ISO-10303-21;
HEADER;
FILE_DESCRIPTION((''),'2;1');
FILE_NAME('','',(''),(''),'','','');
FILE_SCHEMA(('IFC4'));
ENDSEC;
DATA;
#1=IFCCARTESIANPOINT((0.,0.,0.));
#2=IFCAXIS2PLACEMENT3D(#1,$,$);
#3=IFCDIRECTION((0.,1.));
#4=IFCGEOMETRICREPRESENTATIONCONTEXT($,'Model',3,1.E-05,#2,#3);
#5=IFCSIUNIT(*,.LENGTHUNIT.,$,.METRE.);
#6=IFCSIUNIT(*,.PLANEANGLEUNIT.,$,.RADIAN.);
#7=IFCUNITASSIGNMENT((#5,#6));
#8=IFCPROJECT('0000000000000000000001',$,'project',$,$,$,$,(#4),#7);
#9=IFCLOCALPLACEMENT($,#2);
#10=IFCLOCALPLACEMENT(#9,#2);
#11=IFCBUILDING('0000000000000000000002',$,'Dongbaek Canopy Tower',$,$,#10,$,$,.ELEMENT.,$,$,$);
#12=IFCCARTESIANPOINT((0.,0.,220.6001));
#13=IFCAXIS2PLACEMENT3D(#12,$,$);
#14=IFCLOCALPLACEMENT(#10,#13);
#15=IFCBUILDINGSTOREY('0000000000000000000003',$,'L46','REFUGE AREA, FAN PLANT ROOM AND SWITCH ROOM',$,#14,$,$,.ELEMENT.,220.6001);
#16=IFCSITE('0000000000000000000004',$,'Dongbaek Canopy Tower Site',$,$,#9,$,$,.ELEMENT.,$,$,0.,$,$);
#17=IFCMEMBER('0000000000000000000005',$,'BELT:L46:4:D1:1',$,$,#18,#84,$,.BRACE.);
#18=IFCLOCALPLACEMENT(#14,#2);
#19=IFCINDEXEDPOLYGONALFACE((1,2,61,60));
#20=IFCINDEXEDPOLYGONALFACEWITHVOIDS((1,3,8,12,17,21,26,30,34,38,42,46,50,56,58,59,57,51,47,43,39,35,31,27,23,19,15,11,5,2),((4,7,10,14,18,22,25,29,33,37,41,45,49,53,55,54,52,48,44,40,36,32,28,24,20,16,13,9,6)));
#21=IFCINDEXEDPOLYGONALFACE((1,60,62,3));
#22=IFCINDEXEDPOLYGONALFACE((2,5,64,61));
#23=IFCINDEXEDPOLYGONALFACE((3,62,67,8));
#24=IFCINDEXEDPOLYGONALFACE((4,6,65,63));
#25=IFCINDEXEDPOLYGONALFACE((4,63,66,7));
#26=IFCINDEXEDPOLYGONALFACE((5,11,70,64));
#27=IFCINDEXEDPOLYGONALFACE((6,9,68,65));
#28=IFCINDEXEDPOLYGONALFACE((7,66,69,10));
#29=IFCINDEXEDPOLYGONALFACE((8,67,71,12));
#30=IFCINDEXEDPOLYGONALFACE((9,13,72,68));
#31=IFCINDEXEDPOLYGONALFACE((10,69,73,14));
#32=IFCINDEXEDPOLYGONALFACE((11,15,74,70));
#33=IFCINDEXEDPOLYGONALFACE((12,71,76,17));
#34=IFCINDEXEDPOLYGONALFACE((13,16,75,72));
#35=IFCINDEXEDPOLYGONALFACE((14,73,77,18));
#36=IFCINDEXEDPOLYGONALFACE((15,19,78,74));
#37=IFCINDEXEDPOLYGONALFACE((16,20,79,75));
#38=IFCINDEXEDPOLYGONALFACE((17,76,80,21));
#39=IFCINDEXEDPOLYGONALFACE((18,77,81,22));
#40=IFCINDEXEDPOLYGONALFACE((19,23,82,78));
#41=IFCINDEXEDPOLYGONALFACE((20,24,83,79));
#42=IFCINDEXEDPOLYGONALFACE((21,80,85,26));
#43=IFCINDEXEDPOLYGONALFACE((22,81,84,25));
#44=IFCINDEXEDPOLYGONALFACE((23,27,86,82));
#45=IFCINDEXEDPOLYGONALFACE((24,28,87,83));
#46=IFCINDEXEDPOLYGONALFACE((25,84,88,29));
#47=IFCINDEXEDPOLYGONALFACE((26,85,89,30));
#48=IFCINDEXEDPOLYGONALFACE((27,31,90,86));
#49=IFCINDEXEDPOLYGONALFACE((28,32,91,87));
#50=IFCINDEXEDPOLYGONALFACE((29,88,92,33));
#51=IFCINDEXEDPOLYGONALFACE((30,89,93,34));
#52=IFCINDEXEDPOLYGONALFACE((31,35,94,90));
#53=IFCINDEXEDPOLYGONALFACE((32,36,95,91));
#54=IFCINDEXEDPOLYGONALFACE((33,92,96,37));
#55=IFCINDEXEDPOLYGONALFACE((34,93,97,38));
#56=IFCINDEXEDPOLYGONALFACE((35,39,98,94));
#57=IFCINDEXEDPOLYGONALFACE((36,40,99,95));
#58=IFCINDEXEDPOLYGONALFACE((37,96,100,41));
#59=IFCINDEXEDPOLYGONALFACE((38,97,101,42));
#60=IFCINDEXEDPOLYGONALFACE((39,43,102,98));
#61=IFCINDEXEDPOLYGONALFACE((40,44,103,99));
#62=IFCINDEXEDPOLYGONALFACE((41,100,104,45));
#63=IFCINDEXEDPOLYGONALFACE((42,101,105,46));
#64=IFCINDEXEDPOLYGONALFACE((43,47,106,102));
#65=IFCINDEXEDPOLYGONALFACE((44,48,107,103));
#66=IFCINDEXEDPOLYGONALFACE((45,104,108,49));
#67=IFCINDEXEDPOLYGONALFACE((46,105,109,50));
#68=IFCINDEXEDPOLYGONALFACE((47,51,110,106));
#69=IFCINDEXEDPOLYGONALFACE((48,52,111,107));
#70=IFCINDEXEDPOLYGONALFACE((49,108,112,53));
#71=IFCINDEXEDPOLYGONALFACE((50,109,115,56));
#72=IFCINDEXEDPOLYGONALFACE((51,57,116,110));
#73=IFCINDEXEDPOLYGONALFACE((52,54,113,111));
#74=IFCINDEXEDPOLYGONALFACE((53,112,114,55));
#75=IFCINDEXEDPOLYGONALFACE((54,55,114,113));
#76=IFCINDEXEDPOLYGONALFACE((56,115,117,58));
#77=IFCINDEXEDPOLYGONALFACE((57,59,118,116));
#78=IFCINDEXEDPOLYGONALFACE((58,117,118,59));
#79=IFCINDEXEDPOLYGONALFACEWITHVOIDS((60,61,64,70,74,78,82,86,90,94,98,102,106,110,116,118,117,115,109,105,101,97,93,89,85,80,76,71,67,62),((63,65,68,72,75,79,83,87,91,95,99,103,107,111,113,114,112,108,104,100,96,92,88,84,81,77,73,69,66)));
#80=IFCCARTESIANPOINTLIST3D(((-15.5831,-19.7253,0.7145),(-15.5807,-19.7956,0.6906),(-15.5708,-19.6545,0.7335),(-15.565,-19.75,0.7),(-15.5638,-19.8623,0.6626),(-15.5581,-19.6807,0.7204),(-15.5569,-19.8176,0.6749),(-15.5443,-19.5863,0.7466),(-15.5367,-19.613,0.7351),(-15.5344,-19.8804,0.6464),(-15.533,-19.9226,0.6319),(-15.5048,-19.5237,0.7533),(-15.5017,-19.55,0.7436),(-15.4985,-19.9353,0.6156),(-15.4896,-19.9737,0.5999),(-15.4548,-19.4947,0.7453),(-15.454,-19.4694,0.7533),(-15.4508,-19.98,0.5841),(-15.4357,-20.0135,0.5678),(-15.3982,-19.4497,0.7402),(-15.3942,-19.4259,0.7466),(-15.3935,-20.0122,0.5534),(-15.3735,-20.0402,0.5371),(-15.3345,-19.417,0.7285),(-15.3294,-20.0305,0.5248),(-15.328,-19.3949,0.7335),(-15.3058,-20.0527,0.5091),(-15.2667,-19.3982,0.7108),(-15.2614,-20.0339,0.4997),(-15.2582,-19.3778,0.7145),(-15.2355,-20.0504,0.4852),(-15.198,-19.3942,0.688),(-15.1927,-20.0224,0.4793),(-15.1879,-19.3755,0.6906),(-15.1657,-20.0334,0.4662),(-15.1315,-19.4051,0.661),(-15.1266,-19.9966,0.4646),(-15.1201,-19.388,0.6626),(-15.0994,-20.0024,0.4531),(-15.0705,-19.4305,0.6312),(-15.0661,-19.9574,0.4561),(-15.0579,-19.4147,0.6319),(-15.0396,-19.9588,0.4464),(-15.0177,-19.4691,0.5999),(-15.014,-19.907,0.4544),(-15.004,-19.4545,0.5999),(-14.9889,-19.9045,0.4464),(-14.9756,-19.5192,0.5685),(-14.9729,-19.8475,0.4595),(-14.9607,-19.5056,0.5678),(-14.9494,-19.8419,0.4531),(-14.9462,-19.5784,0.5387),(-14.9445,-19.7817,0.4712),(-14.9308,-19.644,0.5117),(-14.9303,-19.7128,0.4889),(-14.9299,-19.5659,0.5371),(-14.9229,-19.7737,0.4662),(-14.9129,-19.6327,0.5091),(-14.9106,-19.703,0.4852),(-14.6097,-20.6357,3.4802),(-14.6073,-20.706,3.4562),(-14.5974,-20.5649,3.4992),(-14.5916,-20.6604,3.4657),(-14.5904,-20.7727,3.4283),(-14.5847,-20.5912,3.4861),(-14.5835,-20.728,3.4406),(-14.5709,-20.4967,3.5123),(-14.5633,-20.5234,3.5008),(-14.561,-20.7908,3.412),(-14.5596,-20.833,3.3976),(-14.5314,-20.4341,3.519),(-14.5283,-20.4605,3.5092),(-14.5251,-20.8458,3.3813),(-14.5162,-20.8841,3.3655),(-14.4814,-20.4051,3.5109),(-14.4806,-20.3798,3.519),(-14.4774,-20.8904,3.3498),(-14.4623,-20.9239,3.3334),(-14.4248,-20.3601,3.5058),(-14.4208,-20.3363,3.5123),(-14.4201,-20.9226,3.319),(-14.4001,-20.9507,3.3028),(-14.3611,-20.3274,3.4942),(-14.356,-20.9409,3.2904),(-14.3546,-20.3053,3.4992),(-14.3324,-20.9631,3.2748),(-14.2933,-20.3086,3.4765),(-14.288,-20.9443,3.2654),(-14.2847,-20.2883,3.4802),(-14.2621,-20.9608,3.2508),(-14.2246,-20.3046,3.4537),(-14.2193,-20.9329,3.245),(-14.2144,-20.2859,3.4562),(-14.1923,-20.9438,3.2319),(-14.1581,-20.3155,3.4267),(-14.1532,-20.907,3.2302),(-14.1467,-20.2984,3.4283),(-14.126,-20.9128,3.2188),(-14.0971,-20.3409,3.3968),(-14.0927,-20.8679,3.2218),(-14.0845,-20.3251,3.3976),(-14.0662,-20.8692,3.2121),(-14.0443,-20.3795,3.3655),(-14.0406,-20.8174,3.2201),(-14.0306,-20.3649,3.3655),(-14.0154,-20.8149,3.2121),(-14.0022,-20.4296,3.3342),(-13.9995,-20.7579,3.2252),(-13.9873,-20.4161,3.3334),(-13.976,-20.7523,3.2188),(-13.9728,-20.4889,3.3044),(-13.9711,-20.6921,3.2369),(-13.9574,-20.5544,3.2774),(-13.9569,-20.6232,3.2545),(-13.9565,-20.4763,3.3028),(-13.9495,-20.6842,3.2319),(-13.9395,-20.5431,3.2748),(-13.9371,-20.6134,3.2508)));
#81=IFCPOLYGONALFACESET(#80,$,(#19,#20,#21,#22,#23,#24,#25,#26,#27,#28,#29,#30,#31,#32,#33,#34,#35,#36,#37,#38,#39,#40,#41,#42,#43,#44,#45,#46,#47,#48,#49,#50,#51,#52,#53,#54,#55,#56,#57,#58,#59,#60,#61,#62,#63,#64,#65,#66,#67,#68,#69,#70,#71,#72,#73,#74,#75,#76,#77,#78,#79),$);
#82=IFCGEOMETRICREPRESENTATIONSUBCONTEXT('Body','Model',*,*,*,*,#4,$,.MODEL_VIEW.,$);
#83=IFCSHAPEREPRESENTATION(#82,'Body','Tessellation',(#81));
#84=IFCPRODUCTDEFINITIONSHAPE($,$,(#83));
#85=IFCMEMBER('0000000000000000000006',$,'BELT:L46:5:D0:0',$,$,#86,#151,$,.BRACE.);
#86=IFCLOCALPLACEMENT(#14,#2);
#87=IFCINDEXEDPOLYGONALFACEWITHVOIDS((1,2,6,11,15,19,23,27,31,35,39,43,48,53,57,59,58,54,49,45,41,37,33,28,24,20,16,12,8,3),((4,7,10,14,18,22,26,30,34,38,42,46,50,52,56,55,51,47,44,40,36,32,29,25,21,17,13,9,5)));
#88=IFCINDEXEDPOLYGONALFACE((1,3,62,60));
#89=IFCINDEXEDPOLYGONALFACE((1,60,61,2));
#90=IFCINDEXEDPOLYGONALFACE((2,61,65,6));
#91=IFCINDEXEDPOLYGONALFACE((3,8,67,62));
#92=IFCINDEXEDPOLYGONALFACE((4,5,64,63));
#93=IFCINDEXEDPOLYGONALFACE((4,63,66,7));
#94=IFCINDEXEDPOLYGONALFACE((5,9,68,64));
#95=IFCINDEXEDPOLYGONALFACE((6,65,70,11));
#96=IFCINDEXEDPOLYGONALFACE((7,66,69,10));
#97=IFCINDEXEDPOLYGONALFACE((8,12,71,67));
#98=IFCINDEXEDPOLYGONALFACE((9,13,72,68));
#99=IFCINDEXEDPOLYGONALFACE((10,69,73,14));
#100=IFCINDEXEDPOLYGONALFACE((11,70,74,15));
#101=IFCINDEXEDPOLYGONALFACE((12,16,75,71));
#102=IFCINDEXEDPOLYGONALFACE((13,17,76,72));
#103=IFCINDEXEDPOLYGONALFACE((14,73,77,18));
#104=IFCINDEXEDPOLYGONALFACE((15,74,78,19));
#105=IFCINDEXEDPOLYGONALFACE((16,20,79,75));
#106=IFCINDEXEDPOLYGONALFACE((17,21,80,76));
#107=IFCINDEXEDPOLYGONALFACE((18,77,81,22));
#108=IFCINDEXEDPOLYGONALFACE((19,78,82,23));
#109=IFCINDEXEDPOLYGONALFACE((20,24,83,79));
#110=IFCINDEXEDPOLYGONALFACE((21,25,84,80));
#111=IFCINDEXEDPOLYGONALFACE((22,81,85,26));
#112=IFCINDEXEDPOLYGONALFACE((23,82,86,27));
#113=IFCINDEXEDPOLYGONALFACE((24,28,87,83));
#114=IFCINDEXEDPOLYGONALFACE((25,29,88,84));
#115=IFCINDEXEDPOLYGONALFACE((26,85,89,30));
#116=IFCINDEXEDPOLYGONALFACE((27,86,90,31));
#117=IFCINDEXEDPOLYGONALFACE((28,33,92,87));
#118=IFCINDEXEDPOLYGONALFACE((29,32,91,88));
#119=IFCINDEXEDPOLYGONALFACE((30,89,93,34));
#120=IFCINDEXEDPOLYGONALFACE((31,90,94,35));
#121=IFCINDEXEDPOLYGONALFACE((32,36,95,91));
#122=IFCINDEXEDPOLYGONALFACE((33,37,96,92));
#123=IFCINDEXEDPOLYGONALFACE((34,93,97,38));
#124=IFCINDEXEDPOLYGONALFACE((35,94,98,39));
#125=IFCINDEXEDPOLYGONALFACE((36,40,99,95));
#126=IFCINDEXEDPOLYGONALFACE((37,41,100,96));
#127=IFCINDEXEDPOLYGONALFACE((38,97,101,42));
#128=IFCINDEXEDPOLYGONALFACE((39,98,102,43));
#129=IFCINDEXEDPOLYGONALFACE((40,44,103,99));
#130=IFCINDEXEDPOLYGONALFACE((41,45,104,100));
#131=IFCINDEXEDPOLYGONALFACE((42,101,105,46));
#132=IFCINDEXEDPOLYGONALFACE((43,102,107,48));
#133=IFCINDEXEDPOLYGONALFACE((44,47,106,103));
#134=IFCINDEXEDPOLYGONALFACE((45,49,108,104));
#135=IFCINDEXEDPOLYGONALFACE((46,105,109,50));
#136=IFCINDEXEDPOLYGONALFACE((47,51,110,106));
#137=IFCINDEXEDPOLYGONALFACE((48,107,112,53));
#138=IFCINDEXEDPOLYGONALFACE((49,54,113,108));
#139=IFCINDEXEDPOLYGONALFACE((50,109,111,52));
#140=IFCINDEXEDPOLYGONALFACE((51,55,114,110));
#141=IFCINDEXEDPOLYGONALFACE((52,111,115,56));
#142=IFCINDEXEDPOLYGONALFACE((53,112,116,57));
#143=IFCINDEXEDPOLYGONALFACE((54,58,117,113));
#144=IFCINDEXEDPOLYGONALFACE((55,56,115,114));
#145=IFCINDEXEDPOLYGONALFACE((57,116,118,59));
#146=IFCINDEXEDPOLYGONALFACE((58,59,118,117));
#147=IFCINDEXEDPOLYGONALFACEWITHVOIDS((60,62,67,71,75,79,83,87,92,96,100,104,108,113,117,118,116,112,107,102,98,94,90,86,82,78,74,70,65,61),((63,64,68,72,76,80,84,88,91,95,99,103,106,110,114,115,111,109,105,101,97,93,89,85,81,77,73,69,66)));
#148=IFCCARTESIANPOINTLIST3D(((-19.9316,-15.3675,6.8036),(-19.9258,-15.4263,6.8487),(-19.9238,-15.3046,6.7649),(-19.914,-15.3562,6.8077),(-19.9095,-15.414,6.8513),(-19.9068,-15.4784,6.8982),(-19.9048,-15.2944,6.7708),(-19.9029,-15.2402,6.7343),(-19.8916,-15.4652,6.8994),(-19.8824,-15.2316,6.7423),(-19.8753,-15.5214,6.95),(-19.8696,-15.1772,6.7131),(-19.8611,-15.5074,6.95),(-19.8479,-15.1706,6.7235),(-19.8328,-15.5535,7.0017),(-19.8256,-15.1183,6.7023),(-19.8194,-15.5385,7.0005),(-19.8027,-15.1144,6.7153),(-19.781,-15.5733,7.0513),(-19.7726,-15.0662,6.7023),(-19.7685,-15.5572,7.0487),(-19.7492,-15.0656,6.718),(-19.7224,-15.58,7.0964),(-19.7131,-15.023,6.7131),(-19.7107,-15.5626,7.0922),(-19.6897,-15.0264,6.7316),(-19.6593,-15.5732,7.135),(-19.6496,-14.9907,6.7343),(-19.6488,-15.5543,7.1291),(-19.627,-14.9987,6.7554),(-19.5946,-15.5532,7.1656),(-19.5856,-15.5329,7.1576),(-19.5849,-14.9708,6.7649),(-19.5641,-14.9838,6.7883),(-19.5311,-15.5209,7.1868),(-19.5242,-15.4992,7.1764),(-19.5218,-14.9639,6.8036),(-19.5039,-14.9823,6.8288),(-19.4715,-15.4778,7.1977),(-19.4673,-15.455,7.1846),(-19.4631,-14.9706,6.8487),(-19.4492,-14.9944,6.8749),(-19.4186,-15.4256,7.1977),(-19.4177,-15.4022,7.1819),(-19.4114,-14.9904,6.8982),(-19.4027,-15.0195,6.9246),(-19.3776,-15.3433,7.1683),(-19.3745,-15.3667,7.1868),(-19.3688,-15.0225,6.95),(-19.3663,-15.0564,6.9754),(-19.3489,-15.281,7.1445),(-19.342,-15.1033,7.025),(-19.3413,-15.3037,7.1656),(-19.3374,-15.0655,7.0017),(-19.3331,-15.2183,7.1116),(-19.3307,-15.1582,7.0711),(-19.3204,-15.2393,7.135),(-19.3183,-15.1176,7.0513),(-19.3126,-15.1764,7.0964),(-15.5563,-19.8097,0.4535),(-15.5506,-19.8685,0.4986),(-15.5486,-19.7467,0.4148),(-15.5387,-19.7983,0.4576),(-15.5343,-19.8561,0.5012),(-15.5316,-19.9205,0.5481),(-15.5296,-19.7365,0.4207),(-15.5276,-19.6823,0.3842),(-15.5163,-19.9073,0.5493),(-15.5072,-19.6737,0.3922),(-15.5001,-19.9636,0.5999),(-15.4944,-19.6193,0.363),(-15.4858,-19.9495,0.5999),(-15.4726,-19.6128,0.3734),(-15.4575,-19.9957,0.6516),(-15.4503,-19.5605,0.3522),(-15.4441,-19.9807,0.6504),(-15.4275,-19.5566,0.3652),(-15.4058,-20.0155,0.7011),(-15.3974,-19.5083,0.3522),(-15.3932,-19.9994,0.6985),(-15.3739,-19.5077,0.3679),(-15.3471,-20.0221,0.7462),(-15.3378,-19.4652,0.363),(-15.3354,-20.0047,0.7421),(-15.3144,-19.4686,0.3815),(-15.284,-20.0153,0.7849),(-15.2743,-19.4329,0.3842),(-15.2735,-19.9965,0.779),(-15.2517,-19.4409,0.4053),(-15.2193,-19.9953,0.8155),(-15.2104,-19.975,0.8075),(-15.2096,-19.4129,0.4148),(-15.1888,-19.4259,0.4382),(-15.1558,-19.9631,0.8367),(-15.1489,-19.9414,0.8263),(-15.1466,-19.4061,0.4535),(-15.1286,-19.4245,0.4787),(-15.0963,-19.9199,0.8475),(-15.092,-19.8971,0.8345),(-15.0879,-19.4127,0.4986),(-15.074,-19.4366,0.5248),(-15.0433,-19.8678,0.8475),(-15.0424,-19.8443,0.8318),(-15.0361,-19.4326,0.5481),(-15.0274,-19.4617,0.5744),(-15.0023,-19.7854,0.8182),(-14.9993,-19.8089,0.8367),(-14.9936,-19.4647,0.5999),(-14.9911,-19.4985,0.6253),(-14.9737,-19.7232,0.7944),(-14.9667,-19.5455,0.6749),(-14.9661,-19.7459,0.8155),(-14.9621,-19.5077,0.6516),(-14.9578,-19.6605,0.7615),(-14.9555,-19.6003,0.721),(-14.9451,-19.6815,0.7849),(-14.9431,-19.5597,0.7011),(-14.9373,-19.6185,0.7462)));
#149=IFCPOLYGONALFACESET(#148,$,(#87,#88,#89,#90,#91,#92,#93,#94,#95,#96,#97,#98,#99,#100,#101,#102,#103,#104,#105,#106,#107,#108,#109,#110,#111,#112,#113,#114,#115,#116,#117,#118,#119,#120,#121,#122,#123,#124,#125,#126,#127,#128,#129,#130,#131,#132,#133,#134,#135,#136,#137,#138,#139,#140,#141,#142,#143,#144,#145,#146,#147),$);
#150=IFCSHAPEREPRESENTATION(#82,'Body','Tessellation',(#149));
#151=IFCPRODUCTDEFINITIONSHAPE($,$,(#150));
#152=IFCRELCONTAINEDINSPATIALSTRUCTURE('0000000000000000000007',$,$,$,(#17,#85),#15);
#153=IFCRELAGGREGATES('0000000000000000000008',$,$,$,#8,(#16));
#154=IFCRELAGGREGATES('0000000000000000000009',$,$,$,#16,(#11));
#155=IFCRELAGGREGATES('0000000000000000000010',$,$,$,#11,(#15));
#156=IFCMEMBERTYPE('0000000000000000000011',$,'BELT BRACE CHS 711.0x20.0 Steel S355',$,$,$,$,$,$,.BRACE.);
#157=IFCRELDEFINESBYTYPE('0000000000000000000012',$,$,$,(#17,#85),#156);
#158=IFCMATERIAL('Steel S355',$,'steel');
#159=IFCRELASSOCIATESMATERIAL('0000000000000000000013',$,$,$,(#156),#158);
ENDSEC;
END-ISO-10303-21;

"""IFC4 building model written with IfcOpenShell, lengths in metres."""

from ifc_helpers import new_model, si_unit, direction, frame, origin, origin_2d, place, context, subcontext, project, spatial, hollow_circle, extrude, material, material_profile, profile_set, type_object, element, save


model = new_model("IFC4")

# Units and contexts
model_context = context("Model", 3, precision=1e-05, world=origin(), true_north=direction((0.0, 1.0)))
body_context = subcontext(model_context, "Body", "Model", "MODEL_VIEW")
ifc_project = project(units=[si_unit("LENGTHUNIT", "METRE"), si_unit("PLANEANGLEUNIT", "RADIAN")], contexts=[model_context])

# Site, building, storey
site_placement = place(None, origin())
site = spatial("IfcSite", under=ifc_project, at=site_placement, Name="Dongbaek Canopy Tower Site", CompositionType="ELEMENT", RefElevation=0.0)
building_placement = place(site_placement, origin())
building = spatial("IfcBuilding", under=site, at=building_placement, Name="Dongbaek Canopy Tower", CompositionType="ELEMENT")
storey_placement = place(building_placement, frame((0.0, 0.0, 220.6001)))
storey = spatial("IfcBuildingStorey", under=building, at=storey_placement, Name="L46", Description="REFUGE AREA, FAN PLANT ROOM AND SWITCH ROOM", CompositionType="ELEMENT", Elevation=220.6001)

# Members
ifc_material_1 = material(Name="Steel S355", Category="steel")
ifc_material_profile_1 = material_profile(ifc_material_1, hollow_circle(Radius=0.3555, WallThickness=0.02, at=origin_2d()), Name="BELT BRACE CHS 711.0x20.0 Steel S355")
ifc_profile_set_1 = profile_set([ifc_material_profile_1], Name="Steel S355")
member_type_1 = type_object("IfcMemberType", Name="BELT BRACE CHS 711.0x20.0 Steel S355", PredefinedType="BRACE", material=ifc_profile_set_1)
member_1_placement = place(storey_placement, frame((-15.2468, -19.7141, 0.5999), z_axis=(0.317063, -0.296546, 0.90085), x_axis=(0.683081, 0.730342, 0.0)))
element("IfcMember", 1, at=member_1_placement, inside=storey, type_object=member_type_1, Name="BELT:L46:4:D1:1", PredefinedType="BRACE", context=body_context, shape_type="SweptSolid", body=[
    extrude(hollow_circle(Radius=0.3555, WallThickness=0.02, at=origin_2d()), origin(), (0.0, 0.0, 1.0), 3.0701),
])
member_2_placement = place(storey_placement, frame((-15.2468, -19.7141, 0.5999), z_axis=(-0.491634, 0.499151, 0.713543), x_axis=(-0.712451, -0.701722, 0.0)))
element("IfcMember", 2, at=member_2_placement, inside=storey, type_object=member_type_1, Name="BELT:L46:5:D0:0", PredefinedType="BRACE", context=body_context, shape_type="SweptSolid", body=[
    extrude(hollow_circle(Radius=0.3555, WallThickness=0.02, at=origin_2d()), origin(), (0.0, 0.0, 1.0), 8.8994),
])

save(model, "model.ifc")
